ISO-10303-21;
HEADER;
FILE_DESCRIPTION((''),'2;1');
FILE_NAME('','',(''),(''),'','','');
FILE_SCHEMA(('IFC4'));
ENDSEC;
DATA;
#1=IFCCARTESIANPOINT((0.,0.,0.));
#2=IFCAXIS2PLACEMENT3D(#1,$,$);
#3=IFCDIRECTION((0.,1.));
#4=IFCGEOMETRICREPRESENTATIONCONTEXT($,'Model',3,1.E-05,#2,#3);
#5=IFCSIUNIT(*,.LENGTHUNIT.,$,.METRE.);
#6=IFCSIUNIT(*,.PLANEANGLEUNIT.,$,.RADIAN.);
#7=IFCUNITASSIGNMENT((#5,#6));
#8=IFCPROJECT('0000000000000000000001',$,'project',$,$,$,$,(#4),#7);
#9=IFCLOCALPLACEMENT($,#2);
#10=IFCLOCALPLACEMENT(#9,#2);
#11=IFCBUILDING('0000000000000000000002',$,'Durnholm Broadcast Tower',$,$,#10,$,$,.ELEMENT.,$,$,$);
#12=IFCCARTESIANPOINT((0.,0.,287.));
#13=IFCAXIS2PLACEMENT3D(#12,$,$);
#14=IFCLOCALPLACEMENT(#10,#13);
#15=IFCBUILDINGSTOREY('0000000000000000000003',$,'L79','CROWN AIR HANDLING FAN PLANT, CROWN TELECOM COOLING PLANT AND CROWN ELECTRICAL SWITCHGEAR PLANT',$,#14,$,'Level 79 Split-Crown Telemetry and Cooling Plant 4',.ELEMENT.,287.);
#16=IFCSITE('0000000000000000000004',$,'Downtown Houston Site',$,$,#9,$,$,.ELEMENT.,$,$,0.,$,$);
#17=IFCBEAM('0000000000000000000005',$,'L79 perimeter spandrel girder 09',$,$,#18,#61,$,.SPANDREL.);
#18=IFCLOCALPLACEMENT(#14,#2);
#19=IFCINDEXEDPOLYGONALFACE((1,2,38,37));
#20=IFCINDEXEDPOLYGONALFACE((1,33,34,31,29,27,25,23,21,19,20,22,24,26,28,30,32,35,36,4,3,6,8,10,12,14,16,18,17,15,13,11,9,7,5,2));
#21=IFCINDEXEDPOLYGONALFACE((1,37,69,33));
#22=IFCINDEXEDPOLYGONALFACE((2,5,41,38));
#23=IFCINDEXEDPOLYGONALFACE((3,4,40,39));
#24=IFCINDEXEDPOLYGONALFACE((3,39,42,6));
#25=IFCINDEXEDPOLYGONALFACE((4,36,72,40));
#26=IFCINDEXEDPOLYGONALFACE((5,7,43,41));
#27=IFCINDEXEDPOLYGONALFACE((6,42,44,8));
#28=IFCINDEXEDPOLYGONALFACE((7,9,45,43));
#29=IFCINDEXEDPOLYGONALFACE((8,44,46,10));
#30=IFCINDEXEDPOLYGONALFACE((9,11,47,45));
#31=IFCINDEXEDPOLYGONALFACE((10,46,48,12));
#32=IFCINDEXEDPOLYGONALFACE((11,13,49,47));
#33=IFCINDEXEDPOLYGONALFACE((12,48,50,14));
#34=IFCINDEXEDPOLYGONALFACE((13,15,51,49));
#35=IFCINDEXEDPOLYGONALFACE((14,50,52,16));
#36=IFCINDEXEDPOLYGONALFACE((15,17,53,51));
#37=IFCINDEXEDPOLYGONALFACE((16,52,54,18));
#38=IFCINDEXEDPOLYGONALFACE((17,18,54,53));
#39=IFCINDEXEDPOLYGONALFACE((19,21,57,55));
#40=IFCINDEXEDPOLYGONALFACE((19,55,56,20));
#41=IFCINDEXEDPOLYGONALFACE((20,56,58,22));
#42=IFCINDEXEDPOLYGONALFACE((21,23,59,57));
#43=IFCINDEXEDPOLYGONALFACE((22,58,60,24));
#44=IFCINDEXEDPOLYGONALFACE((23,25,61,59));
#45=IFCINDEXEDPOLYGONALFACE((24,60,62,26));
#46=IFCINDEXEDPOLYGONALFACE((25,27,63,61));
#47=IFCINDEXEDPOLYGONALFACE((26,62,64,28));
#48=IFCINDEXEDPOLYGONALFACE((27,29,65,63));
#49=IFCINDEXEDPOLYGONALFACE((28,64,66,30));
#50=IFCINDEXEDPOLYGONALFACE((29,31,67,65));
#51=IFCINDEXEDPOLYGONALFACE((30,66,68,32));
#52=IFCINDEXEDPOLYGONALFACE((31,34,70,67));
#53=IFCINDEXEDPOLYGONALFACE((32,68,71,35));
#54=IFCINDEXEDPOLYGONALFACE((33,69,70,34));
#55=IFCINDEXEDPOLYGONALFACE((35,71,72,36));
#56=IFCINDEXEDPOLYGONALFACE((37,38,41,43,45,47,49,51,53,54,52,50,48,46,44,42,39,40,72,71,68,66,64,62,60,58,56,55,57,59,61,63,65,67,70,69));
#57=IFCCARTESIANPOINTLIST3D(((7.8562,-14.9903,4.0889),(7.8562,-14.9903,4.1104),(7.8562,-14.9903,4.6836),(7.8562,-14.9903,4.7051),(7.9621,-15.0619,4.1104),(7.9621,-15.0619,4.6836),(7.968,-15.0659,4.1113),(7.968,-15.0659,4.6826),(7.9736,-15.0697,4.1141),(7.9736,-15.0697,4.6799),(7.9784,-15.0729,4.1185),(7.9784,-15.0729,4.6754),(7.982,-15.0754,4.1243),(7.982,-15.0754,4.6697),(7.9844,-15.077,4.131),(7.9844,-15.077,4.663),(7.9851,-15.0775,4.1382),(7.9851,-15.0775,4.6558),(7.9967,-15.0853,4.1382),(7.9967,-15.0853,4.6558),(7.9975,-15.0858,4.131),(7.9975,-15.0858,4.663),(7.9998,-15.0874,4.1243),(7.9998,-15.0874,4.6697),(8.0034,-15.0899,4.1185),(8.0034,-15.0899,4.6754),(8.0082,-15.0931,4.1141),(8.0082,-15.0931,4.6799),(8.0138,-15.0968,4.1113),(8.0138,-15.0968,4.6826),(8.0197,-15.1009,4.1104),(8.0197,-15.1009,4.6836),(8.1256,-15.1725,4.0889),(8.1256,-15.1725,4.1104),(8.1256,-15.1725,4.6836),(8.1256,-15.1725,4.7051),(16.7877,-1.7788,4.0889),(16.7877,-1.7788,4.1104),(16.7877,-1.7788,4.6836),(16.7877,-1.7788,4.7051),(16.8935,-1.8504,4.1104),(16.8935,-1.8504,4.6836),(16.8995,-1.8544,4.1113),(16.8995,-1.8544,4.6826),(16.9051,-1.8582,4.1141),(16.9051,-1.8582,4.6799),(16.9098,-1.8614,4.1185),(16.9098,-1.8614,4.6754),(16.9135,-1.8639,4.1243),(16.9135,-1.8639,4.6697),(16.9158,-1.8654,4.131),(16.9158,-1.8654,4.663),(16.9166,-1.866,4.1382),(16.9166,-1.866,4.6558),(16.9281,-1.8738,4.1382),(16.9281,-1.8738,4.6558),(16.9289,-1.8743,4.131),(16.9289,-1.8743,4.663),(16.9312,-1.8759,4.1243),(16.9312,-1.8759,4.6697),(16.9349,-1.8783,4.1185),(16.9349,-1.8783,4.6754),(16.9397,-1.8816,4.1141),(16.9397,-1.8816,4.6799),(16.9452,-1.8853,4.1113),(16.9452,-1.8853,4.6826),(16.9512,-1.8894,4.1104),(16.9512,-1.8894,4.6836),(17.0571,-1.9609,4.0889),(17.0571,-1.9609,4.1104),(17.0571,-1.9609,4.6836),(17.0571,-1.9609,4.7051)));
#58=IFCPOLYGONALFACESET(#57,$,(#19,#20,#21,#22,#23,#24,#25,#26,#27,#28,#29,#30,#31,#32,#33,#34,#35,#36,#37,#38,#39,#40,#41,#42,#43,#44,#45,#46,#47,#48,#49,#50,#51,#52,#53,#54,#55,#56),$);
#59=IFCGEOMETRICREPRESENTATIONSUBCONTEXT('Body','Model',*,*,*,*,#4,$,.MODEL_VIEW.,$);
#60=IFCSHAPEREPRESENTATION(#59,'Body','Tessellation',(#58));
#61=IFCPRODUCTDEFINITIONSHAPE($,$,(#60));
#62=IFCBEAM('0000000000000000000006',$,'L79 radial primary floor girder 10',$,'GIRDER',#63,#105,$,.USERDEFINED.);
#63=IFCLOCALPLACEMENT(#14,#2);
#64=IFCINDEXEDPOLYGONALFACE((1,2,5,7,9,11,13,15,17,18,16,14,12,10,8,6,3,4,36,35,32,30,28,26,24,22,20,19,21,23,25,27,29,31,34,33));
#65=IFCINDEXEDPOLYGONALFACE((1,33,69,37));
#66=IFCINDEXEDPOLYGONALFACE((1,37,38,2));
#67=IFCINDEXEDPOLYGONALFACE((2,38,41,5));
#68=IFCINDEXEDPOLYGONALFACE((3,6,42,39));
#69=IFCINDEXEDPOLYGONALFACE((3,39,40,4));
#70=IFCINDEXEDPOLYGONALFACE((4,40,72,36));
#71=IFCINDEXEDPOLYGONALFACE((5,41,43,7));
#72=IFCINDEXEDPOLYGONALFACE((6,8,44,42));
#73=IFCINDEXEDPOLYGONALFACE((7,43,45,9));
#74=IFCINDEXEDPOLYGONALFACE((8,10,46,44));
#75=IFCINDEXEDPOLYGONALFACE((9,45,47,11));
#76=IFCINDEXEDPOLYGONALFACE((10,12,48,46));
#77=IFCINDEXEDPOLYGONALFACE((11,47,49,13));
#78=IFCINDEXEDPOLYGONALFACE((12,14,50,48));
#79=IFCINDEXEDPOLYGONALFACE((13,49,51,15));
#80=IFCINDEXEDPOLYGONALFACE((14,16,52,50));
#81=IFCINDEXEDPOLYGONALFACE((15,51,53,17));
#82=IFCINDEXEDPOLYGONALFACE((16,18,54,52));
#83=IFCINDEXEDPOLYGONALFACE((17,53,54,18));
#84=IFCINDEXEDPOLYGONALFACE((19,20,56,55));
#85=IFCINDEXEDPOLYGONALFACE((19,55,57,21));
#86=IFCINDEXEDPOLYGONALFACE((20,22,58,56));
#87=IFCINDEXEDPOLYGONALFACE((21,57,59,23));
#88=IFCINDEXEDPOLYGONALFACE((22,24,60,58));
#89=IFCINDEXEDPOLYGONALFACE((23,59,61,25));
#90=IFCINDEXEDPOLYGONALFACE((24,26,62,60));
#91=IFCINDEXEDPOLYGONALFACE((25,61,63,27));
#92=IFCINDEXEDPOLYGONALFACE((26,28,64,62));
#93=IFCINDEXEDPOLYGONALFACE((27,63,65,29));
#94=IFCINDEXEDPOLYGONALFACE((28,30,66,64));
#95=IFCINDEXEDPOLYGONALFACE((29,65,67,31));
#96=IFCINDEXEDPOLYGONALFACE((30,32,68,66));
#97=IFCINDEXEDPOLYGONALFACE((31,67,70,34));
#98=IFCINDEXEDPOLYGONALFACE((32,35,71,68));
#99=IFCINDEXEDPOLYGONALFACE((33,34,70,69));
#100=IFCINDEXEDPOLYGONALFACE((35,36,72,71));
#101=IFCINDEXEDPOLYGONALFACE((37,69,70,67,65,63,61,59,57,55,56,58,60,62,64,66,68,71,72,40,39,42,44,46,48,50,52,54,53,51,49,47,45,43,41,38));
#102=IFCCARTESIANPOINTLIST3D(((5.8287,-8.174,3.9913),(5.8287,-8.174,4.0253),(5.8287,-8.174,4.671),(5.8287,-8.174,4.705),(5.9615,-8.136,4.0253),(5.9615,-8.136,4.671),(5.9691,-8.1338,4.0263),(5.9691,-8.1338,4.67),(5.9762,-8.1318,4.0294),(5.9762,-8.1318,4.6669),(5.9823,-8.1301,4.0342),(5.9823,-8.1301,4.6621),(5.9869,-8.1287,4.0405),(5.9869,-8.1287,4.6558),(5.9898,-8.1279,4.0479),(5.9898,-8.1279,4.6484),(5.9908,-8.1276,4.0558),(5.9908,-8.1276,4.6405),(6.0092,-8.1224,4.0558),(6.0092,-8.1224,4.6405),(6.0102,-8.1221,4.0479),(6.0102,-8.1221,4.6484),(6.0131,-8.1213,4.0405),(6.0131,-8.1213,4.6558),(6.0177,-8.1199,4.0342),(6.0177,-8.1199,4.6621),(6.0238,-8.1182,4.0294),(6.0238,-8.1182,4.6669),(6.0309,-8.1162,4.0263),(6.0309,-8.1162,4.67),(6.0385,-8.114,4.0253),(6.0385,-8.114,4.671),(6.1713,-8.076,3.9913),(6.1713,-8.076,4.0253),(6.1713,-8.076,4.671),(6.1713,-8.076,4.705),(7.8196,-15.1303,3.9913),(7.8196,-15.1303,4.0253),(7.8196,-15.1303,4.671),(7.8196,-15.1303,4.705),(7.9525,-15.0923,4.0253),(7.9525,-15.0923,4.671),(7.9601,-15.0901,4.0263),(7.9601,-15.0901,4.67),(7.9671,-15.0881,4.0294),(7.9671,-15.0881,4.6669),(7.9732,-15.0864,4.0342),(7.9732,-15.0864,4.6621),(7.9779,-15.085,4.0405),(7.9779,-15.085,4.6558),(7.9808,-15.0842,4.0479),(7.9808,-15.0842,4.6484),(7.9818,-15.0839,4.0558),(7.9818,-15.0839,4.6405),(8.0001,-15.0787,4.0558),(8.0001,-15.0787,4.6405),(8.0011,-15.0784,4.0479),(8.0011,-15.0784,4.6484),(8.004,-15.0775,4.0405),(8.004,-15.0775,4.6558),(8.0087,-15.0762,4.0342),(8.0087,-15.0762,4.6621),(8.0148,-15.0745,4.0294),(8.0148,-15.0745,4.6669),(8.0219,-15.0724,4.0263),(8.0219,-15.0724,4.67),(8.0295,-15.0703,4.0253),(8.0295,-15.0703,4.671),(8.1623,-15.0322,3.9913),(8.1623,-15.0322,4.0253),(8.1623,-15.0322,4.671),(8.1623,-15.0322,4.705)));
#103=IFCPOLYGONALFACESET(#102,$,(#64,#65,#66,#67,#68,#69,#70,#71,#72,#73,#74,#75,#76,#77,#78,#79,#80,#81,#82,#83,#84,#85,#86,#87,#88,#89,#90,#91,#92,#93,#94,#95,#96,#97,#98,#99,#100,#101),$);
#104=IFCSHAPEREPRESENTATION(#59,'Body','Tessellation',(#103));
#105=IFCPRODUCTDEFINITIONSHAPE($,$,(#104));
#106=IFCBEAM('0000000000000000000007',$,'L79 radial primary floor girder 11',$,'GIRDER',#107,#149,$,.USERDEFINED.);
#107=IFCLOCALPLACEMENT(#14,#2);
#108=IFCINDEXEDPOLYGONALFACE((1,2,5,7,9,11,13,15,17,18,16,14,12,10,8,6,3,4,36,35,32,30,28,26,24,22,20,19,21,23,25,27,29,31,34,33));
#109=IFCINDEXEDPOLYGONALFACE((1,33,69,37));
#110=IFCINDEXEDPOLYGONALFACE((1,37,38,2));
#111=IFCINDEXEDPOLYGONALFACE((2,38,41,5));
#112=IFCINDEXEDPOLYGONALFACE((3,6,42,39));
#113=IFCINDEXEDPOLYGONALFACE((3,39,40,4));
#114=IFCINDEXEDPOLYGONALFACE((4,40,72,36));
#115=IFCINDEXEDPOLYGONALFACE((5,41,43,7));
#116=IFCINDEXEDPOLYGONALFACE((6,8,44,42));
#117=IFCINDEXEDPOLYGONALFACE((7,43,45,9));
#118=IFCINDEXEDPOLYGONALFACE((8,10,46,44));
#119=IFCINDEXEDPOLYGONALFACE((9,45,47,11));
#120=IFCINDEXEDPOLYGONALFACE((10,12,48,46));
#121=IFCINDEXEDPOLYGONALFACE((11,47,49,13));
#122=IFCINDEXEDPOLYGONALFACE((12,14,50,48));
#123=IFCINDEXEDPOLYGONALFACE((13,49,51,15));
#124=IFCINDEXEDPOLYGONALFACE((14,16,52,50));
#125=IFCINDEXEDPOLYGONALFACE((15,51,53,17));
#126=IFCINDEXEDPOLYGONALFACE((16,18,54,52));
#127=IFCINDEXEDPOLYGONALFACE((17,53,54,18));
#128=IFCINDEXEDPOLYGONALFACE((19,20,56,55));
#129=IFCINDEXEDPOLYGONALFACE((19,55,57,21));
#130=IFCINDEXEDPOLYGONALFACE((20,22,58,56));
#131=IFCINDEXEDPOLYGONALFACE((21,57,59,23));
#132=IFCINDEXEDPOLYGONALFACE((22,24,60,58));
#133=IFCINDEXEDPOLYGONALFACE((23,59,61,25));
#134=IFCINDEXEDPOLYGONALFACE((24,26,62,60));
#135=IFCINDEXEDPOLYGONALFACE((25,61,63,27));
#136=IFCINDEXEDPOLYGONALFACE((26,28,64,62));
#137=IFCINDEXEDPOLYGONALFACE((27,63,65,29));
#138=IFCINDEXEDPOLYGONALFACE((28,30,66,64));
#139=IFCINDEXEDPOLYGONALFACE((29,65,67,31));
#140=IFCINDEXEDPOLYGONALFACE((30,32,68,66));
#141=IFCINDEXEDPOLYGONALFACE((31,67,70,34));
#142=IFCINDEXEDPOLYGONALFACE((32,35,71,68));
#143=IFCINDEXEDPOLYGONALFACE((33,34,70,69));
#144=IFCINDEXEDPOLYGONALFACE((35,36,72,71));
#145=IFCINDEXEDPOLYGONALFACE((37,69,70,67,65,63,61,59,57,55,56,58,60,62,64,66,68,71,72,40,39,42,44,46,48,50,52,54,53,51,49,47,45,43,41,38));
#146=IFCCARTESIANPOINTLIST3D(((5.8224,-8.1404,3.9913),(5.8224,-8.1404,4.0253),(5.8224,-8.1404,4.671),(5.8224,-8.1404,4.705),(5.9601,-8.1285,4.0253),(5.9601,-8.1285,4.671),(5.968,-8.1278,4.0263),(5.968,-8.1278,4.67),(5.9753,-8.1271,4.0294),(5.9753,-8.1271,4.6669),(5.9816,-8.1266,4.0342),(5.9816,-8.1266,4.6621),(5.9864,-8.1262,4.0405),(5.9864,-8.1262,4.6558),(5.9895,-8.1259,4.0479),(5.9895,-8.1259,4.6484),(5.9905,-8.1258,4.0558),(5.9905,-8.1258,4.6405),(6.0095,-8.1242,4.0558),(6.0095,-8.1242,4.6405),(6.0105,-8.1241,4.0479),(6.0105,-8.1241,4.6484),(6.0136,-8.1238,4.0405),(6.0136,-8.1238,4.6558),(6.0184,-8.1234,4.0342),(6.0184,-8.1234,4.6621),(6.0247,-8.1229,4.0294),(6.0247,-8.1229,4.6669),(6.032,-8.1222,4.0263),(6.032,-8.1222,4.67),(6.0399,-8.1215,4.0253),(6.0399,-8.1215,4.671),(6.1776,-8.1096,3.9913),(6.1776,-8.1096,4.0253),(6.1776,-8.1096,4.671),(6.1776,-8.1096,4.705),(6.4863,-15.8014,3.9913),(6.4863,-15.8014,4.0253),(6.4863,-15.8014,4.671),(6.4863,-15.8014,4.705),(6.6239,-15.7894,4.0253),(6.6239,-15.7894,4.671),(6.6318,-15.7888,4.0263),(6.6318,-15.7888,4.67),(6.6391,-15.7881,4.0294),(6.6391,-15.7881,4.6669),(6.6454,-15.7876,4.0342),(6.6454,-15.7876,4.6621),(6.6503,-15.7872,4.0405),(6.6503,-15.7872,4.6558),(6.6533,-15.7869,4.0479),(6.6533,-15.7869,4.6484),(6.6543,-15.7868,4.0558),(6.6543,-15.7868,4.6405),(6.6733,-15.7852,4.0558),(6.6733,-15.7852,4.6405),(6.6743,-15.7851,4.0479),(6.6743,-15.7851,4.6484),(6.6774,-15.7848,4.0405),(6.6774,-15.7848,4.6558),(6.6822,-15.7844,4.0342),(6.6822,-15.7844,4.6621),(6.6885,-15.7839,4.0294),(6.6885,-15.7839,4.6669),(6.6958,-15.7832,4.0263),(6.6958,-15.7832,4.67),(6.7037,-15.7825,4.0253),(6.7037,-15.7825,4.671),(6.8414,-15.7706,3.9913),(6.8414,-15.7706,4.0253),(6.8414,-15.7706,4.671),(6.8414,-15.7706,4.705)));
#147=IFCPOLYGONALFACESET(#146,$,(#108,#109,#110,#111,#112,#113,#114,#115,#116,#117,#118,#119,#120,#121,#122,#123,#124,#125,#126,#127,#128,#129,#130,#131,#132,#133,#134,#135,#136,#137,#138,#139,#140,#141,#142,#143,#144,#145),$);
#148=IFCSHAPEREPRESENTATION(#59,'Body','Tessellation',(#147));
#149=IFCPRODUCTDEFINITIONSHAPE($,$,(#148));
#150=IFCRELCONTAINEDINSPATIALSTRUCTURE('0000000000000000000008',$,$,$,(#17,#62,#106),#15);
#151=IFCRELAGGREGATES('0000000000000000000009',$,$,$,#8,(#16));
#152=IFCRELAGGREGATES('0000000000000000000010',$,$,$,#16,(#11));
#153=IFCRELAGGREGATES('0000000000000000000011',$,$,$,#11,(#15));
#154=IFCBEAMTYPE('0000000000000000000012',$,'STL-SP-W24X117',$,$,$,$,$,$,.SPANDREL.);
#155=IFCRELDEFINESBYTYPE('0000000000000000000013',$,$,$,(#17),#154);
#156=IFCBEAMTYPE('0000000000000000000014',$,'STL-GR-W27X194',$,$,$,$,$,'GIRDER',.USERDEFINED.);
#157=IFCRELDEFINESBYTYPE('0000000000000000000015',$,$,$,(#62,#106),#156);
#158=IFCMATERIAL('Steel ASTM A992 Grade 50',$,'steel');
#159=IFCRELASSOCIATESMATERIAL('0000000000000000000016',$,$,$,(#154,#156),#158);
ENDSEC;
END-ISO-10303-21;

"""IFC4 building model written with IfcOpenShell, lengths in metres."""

from ifc_helpers import new_model, si_unit, direction, frame, origin, origin_2d, place, context, subcontext, project, spatial, i_section, extrude, source, transform, mapped, material, material_profile, profile_set, type_object, type_shapes, element, save


model = new_model("IFC4")

# Units and contexts
model_context = context("Model", 3, precision=1e-05, world=origin(), true_north=direction((0.0, 1.0)))
body_context = subcontext(model_context, "Body", "Model", "MODEL_VIEW")
ifc_project = project(units=[si_unit("LENGTHUNIT", "METRE"), si_unit("PLANEANGLEUNIT", "RADIAN")], contexts=[model_context])

# Site, building, storey
site_placement = place(None, origin())
site = spatial("IfcSite", under=ifc_project, at=site_placement, Name="Downtown Houston Site", CompositionType="ELEMENT", RefElevation=0.0)
building_placement = place(site_placement, origin())
building = spatial("IfcBuilding", under=site, at=building_placement, Name="Durnholm Broadcast Tower", CompositionType="ELEMENT")
storey_placement = place(building_placement, frame((0.0, 0.0, 287.0)))
storey = spatial("IfcBuildingStorey", under=building, at=storey_placement, Name="L79", Description="CROWN AIR HANDLING FAN PLANT, CROWN TELECOM COOLING PLANT AND CROWN ELECTRICAL SWITCHGEAR PLANT", LongName="Level 79 Split-Crown Telemetry and Cooling Plant 4", CompositionType="ELEMENT", Elevation=287.0)

# Beams
ifc_material_1 = material(Name="Steel ASTM A992 Grade 50", Category="steel")
ifc_material_profile_1 = material_profile(ifc_material_1, i_section(OverallWidth=0.3252, OverallDepth=0.6162, WebThickness=0.0139, FlangeThickness=0.0215, FilletRadius=0.0278, at=origin_2d()), Name="W24X117")
ifc_profile_set_1 = profile_set([ifc_material_profile_1], Name="Steel ASTM A992 Grade 50")
beam_type_1 = type_object("IfcBeamType", Name="STL-SP-W24X117", PredefinedType="SPANDREL", material=ifc_profile_set_1)
shared_shape_1 = source(origin(), body_context, "Body", "SweptSolid", [
    extrude(i_section(OverallWidth=0.3252, OverallDepth=0.6162, WebThickness=0.0139, FlangeThickness=0.0215, FilletRadius=0.0278, at=origin_2d()), origin(), (0.0, 0.0, 1.0), 15.9473),
])
beam_1_placement = place(storey_placement, frame((16.9224, -1.8699, 4.397), z_axis=(-0.560062, -0.828451, 0.0), x_axis=(0.828451, -0.560062, 0.0)))
element("IfcBeam", 1, at=beam_1_placement, inside=storey, type_object=beam_type_1, Name="L79 perimeter spandrel girder 09", PredefinedType="SPANDREL", context=body_context, shape_type="MappedRepresentation", body=[
    mapped(shared_shape_1, transform((0.0, 0.0, 0.0), x_axis=(1.0, 0.0, 0.0), y_axis=(0.0, 1.0, 0.0), z_axis=(0.0, 0.0, 1.0), scale=1.0)),
])
ifc_material_profile_2 = material_profile(ifc_material_1, i_section(OverallWidth=0.3564, OverallDepth=0.7136, WebThickness=0.019, FlangeThickness=0.0339, FilletRadius=0.0305, at=origin_2d()), Name="W27X194")
ifc_profile_set_2 = profile_set([ifc_material_profile_2], Name="Steel ASTM A992 Grade 50")
beam_type_2 = type_object("IfcBeamType", Name="STL-GR-W27X194", ElementType="GIRDER", PredefinedType="USERDEFINED", material=ifc_profile_set_2)
shared_shape_2 = source(origin(), body_context, "Body", "SweptSolid", [
    extrude(i_section(OverallWidth=0.3564, OverallDepth=0.7136, WebThickness=0.019, FlangeThickness=0.0339, FilletRadius=0.0305, at=origin_2d()), origin(), (0.0, 0.0, 1.0), 7.2356),
])
beam_2_placement = place(storey_placement, frame((6.0, -8.125, 4.3481), z_axis=(0.275162, -0.961398, 0.0), x_axis=(0.961398, 0.275162, 0.0)))
element("IfcBeam", 2, at=beam_2_placement, inside=storey, type_object=beam_type_2, Name="L79 radial primary floor girder 10", ObjectType="GIRDER", PredefinedType="USERDEFINED", context=body_context, shape_type="MappedRepresentation", body=[
    mapped(shared_shape_2, transform((0.0, 0.0, 0.0), x_axis=(1.0, 0.0, 0.0), y_axis=(0.0, 1.0, 0.0), z_axis=(0.0, 0.0, 1.0), scale=1.0)),
])
shared_shape_3 = source(origin(), body_context, "Body", "SweptSolid", [
    extrude(i_section(OverallWidth=0.3564, OverallDepth=0.7136, WebThickness=0.019, FlangeThickness=0.0339, FilletRadius=0.0305, at=origin_2d()), origin(), (0.0, 0.0, 1.0), 7.6897),
])
type_shapes(beam_type_2, [shared_shape_2, shared_shape_3])
beam_3_placement = place(storey_placement, frame((6.0, -8.125, 4.3481), z_axis=(0.086327, -0.996267, 0.0), x_axis=(0.996267, 0.086327, 0.0)))
element("IfcBeam", 3, at=beam_3_placement, inside=storey, type_object=beam_type_2, Name="L79 radial primary floor girder 11", ObjectType="GIRDER", PredefinedType="USERDEFINED", context=body_context, shape_type="MappedRepresentation", body=[
    mapped(shared_shape_3, transform((0.0, 0.0, 0.0), x_axis=(1.0, 0.0, 0.0), y_axis=(0.0, 1.0, 0.0), z_axis=(0.0, 0.0, 1.0), scale=1.0)),
])

save(model, "model.ifc")
